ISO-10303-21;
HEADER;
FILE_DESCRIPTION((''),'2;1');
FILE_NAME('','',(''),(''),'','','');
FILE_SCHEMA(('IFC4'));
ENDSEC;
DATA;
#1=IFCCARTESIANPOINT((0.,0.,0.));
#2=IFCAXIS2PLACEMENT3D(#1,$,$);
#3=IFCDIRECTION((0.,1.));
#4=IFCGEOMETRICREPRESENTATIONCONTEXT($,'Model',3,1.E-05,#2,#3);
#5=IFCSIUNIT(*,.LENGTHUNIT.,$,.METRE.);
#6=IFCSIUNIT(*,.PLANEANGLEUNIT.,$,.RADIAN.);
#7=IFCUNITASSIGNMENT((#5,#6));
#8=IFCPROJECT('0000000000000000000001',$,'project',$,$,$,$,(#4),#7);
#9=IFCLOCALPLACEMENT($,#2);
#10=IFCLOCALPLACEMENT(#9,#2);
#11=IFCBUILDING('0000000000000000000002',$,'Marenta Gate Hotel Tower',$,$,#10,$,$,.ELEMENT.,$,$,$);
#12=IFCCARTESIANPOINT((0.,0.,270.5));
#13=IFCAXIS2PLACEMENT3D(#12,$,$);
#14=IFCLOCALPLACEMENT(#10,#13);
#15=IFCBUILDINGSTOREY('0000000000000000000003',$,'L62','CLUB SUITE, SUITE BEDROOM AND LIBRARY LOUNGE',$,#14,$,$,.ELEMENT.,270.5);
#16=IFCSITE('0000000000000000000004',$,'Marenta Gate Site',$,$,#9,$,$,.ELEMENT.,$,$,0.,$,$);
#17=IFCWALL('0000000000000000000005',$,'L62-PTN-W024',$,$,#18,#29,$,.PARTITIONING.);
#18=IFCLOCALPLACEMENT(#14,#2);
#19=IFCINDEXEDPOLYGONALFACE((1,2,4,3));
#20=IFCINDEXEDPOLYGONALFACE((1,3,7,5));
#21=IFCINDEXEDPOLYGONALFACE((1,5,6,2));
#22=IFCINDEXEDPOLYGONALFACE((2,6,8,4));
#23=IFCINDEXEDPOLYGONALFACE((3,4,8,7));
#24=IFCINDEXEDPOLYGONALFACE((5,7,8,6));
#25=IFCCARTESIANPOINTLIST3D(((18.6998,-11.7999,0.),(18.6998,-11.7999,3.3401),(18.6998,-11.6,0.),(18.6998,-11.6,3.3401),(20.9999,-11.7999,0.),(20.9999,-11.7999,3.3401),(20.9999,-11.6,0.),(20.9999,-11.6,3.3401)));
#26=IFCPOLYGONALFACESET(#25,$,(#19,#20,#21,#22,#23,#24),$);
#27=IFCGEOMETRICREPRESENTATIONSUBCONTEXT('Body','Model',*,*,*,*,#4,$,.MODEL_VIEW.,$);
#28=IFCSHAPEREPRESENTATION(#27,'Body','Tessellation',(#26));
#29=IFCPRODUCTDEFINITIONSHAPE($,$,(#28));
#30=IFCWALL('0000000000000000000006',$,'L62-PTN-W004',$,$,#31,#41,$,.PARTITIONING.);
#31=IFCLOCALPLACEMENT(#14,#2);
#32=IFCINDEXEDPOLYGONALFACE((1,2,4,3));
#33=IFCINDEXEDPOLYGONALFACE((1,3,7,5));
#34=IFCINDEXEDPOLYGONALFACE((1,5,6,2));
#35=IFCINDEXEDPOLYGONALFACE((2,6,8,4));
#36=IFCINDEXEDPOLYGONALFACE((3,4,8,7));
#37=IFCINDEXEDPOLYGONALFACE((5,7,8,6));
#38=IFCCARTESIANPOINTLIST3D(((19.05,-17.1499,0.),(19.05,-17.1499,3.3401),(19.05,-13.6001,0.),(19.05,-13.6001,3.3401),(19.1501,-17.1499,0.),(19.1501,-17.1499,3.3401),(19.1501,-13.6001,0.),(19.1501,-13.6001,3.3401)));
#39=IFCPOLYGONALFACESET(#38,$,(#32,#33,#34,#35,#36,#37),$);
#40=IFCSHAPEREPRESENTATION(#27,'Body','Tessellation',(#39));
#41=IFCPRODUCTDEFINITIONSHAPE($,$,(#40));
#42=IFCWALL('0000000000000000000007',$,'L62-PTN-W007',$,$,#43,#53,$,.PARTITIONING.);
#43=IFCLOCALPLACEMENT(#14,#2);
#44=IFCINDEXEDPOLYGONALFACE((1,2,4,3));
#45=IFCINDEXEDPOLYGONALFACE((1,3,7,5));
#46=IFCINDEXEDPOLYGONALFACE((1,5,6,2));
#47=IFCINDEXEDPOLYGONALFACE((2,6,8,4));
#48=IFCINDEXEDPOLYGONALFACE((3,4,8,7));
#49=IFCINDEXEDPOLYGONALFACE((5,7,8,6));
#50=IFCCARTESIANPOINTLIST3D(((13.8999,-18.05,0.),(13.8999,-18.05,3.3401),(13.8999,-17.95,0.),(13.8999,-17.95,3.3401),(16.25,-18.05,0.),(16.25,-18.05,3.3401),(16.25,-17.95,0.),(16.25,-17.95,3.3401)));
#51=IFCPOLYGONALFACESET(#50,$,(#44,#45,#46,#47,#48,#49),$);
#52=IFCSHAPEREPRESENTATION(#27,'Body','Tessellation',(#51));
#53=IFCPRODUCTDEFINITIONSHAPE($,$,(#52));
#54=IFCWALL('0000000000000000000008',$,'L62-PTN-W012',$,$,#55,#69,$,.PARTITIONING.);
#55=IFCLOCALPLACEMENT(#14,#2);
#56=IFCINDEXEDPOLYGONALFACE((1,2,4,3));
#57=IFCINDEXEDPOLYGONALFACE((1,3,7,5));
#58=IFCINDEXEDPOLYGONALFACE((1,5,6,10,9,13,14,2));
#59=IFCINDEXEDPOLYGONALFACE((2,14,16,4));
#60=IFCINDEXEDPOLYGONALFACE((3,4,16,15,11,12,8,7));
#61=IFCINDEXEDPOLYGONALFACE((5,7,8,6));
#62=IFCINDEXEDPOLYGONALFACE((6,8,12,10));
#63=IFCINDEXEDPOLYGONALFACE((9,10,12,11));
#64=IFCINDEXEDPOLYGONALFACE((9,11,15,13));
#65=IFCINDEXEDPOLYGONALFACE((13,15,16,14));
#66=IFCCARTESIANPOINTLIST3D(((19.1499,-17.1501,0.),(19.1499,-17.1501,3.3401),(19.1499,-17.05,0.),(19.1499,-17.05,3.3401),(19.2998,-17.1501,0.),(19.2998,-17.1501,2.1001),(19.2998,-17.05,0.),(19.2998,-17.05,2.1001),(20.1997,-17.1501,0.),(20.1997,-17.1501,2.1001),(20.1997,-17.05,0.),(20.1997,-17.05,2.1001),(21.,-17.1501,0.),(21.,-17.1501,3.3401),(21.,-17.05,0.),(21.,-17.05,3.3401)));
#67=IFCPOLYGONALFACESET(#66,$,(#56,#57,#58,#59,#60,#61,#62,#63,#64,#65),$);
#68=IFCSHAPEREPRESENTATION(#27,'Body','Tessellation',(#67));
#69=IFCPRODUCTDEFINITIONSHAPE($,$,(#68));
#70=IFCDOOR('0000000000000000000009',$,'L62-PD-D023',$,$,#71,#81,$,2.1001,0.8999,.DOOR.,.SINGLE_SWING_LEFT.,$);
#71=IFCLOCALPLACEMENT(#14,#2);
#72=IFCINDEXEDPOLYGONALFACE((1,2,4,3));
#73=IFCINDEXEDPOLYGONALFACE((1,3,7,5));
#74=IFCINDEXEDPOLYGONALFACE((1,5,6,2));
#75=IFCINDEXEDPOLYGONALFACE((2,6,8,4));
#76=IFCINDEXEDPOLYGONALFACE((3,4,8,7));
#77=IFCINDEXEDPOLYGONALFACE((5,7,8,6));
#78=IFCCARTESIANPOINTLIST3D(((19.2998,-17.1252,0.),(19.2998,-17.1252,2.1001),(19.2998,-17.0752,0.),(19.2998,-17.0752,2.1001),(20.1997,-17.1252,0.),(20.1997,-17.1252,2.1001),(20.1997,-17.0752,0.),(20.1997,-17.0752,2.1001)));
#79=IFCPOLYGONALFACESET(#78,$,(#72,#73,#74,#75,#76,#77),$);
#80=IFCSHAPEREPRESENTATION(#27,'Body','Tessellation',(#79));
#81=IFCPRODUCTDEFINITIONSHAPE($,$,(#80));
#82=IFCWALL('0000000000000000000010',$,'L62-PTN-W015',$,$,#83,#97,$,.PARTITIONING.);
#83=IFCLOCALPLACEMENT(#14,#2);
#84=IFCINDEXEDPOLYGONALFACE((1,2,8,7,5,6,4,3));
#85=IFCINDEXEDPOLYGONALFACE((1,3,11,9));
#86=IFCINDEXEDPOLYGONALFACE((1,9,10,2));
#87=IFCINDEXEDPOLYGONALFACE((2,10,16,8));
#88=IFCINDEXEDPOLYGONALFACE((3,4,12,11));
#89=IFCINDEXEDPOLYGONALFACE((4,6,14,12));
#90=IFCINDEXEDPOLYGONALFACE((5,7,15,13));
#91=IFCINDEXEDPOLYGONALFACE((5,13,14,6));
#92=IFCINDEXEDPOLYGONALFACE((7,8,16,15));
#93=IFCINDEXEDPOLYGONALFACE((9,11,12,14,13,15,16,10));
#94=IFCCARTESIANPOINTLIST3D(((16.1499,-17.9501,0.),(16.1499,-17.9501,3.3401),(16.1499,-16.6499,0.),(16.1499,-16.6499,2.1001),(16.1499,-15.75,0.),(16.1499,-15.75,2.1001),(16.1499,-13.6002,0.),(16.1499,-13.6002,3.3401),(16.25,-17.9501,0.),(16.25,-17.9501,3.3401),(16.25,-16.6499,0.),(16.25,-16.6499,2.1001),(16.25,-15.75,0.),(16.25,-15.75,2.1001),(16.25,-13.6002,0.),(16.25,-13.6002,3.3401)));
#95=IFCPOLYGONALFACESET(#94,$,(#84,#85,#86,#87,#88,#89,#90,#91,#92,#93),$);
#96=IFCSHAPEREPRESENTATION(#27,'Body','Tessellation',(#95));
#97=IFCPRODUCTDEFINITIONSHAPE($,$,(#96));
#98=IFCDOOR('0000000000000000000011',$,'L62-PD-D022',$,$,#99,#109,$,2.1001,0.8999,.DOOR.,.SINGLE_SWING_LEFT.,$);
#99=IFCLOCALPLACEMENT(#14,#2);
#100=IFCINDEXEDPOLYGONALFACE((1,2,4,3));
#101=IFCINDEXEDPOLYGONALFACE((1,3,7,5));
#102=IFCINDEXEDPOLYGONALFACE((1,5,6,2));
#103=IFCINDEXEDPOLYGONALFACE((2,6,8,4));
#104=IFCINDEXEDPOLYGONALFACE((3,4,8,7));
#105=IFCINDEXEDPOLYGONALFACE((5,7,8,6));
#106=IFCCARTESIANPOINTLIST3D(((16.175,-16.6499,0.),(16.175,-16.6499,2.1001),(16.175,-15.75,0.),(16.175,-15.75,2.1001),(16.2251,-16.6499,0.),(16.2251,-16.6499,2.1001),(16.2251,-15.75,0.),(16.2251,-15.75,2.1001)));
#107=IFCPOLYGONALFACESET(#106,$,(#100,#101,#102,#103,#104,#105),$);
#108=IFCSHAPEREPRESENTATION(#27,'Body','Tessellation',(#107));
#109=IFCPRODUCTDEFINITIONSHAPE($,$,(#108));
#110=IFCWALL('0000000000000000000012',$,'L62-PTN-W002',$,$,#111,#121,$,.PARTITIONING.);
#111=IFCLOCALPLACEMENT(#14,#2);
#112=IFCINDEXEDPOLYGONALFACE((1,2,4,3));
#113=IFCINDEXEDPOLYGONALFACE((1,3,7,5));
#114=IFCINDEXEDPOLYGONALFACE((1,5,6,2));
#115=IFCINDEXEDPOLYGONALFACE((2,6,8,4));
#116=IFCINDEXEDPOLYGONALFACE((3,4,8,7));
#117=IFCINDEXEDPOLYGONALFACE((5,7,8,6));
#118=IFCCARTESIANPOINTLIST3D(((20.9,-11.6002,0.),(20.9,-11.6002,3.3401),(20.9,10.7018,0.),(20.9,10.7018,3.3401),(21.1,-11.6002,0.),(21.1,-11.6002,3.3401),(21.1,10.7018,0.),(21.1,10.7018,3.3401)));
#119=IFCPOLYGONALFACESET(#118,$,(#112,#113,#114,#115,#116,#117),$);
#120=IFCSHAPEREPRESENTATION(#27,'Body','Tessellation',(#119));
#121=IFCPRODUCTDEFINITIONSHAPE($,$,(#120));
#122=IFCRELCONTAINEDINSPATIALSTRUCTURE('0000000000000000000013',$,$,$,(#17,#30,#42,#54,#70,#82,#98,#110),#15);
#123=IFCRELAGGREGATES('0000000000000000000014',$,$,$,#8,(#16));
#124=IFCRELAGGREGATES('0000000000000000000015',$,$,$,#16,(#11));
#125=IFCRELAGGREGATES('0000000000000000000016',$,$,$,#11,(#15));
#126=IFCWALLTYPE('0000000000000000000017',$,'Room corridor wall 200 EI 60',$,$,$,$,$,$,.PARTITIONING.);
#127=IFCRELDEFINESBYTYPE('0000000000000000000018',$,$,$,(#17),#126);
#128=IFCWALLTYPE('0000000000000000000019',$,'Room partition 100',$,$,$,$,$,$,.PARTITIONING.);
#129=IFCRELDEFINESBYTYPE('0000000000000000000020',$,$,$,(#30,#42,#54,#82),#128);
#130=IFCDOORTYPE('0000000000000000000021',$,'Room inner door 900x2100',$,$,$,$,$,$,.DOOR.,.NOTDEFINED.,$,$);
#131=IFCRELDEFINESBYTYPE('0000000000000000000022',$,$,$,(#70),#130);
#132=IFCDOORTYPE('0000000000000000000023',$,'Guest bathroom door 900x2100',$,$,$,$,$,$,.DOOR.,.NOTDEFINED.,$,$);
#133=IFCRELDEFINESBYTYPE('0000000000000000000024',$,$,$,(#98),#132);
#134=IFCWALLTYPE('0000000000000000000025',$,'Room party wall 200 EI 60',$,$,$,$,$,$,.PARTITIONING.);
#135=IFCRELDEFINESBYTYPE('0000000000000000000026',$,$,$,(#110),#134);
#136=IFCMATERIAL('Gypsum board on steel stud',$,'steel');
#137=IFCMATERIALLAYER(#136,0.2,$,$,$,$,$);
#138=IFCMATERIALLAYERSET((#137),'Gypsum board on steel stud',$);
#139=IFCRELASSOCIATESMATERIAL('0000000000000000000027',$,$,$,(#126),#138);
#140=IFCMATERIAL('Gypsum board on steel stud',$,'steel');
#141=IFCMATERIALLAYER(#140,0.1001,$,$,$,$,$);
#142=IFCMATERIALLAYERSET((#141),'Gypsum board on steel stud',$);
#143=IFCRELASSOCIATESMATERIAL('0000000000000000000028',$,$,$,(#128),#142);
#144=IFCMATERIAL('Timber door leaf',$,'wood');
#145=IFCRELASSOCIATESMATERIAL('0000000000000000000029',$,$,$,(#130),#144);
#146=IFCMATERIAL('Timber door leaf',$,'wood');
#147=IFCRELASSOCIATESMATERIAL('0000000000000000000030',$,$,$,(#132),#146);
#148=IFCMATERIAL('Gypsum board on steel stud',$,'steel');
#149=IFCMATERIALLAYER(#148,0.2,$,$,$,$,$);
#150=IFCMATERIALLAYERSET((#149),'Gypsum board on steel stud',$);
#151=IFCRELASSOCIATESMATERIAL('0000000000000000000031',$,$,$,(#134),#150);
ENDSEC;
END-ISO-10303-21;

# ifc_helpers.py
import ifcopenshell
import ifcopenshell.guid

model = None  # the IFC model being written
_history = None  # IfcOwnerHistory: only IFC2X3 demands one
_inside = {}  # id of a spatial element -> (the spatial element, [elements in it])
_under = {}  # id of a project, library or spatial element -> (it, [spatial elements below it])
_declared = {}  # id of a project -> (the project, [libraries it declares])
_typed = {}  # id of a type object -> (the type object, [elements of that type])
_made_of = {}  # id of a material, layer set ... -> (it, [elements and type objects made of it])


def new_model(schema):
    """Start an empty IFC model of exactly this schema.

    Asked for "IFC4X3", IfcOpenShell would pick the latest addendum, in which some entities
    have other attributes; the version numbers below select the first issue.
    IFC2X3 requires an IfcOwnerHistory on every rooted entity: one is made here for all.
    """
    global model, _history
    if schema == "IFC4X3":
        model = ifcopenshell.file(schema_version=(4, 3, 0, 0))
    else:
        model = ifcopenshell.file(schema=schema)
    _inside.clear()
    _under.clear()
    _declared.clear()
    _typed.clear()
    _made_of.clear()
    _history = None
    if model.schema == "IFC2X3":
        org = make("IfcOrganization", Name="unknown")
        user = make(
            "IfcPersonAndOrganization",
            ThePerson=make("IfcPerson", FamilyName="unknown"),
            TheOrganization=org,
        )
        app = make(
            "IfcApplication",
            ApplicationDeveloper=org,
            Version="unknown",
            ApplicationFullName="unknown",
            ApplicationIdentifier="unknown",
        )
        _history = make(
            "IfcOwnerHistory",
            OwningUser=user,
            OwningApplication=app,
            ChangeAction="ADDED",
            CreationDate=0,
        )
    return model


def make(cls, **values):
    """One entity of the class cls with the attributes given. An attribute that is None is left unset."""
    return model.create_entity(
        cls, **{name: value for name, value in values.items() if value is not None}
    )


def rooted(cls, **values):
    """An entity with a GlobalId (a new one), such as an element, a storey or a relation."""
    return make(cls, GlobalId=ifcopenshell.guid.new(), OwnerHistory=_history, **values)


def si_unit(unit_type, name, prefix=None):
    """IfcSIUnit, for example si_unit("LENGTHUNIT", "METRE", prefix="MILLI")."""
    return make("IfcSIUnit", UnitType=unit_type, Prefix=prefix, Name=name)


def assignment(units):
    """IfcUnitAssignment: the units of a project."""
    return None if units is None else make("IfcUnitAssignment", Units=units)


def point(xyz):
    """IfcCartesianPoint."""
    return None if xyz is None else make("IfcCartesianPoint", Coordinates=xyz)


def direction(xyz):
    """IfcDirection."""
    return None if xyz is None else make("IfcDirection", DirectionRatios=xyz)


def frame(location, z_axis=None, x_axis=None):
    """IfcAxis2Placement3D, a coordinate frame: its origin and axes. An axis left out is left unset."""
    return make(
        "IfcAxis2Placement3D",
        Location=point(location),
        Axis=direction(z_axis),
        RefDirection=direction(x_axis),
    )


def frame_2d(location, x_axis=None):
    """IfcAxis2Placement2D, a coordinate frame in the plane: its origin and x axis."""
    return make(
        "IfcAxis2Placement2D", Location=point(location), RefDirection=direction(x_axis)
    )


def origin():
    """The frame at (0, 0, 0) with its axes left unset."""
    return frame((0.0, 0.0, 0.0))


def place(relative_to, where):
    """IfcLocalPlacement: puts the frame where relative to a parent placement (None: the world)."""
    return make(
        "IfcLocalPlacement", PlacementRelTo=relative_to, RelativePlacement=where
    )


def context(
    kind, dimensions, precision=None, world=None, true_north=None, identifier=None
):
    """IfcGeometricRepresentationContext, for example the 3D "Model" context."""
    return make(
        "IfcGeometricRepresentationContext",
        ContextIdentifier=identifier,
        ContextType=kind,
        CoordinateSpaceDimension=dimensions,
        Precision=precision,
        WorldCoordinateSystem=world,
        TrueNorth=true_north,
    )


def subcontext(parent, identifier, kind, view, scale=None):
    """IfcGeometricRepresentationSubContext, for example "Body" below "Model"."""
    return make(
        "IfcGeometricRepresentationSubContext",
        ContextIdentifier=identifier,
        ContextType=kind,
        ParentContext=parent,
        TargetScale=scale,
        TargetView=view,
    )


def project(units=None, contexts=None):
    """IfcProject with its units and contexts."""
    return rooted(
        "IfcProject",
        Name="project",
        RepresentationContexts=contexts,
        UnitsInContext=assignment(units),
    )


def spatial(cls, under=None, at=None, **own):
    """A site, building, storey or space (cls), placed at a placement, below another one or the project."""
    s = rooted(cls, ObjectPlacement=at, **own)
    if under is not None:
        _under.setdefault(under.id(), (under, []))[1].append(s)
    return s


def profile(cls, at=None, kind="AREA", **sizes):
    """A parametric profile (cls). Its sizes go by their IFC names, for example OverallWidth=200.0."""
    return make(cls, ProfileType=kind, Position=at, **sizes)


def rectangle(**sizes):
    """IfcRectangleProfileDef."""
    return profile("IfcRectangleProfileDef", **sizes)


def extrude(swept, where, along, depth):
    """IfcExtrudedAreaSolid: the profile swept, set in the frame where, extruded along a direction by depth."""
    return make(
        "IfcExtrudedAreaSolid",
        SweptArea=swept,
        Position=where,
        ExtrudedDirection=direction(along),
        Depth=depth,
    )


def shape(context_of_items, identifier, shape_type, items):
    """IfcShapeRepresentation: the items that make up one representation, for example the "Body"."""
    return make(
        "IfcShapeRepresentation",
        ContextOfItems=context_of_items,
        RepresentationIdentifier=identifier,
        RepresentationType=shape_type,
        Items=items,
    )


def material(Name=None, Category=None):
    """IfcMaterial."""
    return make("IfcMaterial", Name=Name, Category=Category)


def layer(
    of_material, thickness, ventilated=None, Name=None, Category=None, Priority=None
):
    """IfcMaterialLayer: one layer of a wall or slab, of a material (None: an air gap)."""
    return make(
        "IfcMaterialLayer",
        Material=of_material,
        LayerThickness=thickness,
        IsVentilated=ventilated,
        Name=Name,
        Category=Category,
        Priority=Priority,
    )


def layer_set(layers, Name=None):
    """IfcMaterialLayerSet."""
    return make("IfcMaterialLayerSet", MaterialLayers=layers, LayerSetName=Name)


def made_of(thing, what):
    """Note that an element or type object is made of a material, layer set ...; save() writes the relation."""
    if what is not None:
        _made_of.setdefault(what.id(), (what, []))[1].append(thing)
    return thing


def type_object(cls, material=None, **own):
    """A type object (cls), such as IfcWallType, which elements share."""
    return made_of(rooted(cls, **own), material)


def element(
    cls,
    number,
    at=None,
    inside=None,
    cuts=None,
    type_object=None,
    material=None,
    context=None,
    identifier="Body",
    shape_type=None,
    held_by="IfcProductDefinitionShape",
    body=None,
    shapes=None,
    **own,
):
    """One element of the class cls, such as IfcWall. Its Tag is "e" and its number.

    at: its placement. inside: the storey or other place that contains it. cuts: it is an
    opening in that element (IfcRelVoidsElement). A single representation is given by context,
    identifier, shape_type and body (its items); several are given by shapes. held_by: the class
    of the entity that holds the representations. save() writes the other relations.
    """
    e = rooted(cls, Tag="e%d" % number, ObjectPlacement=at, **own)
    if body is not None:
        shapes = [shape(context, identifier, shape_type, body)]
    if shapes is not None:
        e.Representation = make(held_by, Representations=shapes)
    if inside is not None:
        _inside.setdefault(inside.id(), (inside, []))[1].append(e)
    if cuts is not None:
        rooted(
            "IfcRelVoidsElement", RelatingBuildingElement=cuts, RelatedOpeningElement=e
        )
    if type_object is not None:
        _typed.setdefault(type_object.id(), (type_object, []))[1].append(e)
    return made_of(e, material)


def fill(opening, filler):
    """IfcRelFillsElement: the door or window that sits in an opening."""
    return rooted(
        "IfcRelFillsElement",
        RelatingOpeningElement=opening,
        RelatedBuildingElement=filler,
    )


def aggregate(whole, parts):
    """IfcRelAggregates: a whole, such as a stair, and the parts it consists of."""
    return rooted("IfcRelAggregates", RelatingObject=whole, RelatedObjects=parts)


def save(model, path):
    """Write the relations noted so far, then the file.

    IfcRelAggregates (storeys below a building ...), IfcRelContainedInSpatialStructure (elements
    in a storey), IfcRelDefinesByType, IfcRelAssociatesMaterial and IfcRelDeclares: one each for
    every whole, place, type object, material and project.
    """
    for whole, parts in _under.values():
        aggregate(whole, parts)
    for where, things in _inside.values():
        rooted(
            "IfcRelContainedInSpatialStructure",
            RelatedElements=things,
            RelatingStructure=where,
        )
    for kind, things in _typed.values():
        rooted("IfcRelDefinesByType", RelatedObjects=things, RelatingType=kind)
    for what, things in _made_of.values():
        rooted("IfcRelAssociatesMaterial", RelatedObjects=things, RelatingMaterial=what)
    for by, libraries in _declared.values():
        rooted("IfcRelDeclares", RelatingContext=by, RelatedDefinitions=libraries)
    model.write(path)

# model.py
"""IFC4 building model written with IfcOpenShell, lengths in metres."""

from ifc_helpers import new_model, si_unit, direction, frame, frame_2d, origin, place, context, subcontext, project, spatial, rectangle, extrude, material, layer, layer_set, type_object, element, fill, save


model = new_model("IFC4")

# Units and contexts
model_context = context("Model", 3, precision=1e-05, world=origin(), true_north=direction((0.0, 1.0)))
body_context = subcontext(model_context, "Body", "Model", "MODEL_VIEW")
ifc_project = project(units=[si_unit("LENGTHUNIT", "METRE"), si_unit("PLANEANGLEUNIT", "RADIAN")], contexts=[model_context])

# Site, building, storey
site_placement = place(None, origin())
site = spatial("IfcSite", under=ifc_project, at=site_placement, Name="Marenta Gate Site", CompositionType="ELEMENT", RefElevation=0.0)
building_placement = place(site_placement, origin())
building = spatial("IfcBuilding", under=site, at=building_placement, Name="Marenta Gate Hotel Tower", CompositionType="ELEMENT")
storey_placement = place(building_placement, frame((0.0, 0.0, 270.5)))
storey = spatial("IfcBuildingStorey", under=building, at=storey_placement, Name="L62", Description="CLUB SUITE, SUITE BEDROOM AND LIBRARY LOUNGE", CompositionType="ELEMENT", Elevation=270.5)

# Shared definitions
ifc_material_1 = material(Name="Gypsum board on steel stud", Category="steel")
ifc_layer_1 = layer(ifc_material_1, 0.2)
ifc_layer_set_1 = layer_set([ifc_layer_1], Name="Gypsum board on steel stud")
wall_type_1 = type_object("IfcWallType", Name="Room corridor wall 200 EI 60", PredefinedType="PARTITIONING", material=ifc_layer_set_1)

# Walls
wall_1_placement = place(storey_placement, frame((18.7, -11.7, 0.0), z_axis=(0.0, 0.0, 1.0), x_axis=(1.0, 0.0, 0.0)))
element("IfcWall", 1, at=wall_1_placement, inside=storey, type_object=wall_type_1, Name="L62-PTN-W024", PredefinedType="PARTITIONING", context=body_context, shape_type="SweptSolid", body=[
    extrude(rectangle(XDim=2.3, YDim=0.2, at=frame_2d((1.1499, 0.0))), origin(), (0.0, 0.0, 1.0), 3.3401),
])
ifc_material_2 = material(Name="Gypsum board on steel stud", Category="steel")
ifc_layer_2 = layer(ifc_material_2, 0.1001)
ifc_layer_set_2 = layer_set([ifc_layer_2], Name="Gypsum board on steel stud")
wall_type_2 = type_object("IfcWallType", Name="Room partition 100", PredefinedType="PARTITIONING", material=ifc_layer_set_2)
wall_2_placement = place(storey_placement, frame((19.1001, -17.1499, 0.0), z_axis=(0.0, 0.0, 1.0), x_axis=(0.0, 1.0, 0.0)))
element("IfcWall", 2, at=wall_2_placement, inside=storey, type_object=wall_type_2, Name="L62-PTN-W004", PredefinedType="PARTITIONING", context=body_context, shape_type="SweptSolid", body=[
    extrude(rectangle(XDim=3.5498, YDim=0.1001, at=frame_2d((1.7749, 0.0))), origin(), (0.0, 0.0, 1.0), 3.3401),
])
wall_3_placement = place(storey_placement, frame((13.8999, -18.0, 0.0), z_axis=(0.0, 0.0, 1.0), x_axis=(1.0, 0.0, 0.0)))
element("IfcWall", 3, at=wall_3_placement, inside=storey, type_object=wall_type_2, Name="L62-PTN-W007", PredefinedType="PARTITIONING", context=body_context, shape_type="SweptSolid", body=[
    extrude(rectangle(XDim=2.3501, YDim=0.1001, at=frame_2d((1.175, 0.0))), origin(), (0.0, 0.0, 1.0), 3.3401),
])

# Walls, openings, doors
wall_4_placement = place(storey_placement, frame((19.1499, -17.1001, 0.0), z_axis=(0.0, 0.0, 1.0), x_axis=(1.0, 0.0, 0.0)))
wall_4 = element("IfcWall", 4, at=wall_4_placement, inside=storey, type_object=wall_type_2, Name="L62-PTN-W012", PredefinedType="PARTITIONING", context=body_context, shape_type="SweptSolid", body=[
    extrude(rectangle(XDim=1.8501, YDim=0.1001, at=frame_2d((0.925, 0.0))), origin(), (0.0, 0.0, 1.0), 3.3401),
])
opening_1_placement = place(wall_4_placement, frame((0.1499, 0.0, 0.0)))
opening_1 = element("IfcOpeningElement", 5, at=opening_1_placement, cuts=wall_4, PredefinedType="OPENING", context=body_context, shape_type="SweptSolid", body=[
    extrude(rectangle(XDim=0.8999, YDim=2.1001, at=frame_2d((0.45, 1.05))), frame((0.0, 0.05, 0.0), z_axis=(0.0, -1.0, 0.0), x_axis=(1.0, 0.0, 0.0)), (0.0, 0.0, 1.0), 0.1001),
])
ifc_material_3 = material(Name="Timber door leaf", Category="wood")
door_type_1 = type_object("IfcDoorType", Name="Room inner door 900x2100", OperationType="NOTDEFINED", PredefinedType="DOOR", material=ifc_material_3)
door_1_placement = place(opening_1_placement, origin())
door_1 = element("IfcDoor", 6, at=door_1_placement, inside=storey, type_object=door_type_1, Name="L62-PD-D023", OperationType="SINGLE_SWING_LEFT", OverallHeight=2.1001, OverallWidth=0.8999, PredefinedType="DOOR", context=body_context, shape_type="SweptSolid", body=[
    extrude(rectangle(XDim=0.8999, YDim=2.1001, at=frame_2d((0.45, 1.05))), frame((0.0, 0.0249, 0.0), z_axis=(0.0, -1.0, 0.0), x_axis=(1.0, 0.0, 0.0)), (0.0, 0.0, 1.0), 0.05),
])
fill(opening_1, door_1)
wall_5_placement = place(storey_placement, frame((16.2, -17.95, 0.0), z_axis=(0.0, 0.0, 1.0), x_axis=(0.0, 1.0, 0.0)))
wall_5 = element("IfcWall", 7, at=wall_5_placement, inside=storey, type_object=wall_type_2, Name="L62-PTN-W015", PredefinedType="PARTITIONING", context=body_context, shape_type="SweptSolid", body=[
    extrude(rectangle(XDim=4.3499, YDim=0.1001, at=frame_2d((2.1748, 0.0))), origin(), (0.0, 0.0, 1.0), 3.3401),
])
opening_2_placement = place(wall_5_placement, frame((1.3, 0.0, 0.0)))
opening_2 = element("IfcOpeningElement", 8, at=opening_2_placement, cuts=wall_5, PredefinedType="OPENING", context=body_context, shape_type="SweptSolid", body=[
    extrude(rectangle(XDim=0.8999, YDim=2.1001, at=frame_2d((0.45, 1.05))), frame((0.0, 0.05, 0.0), z_axis=(0.0, -1.0, 0.0), x_axis=(1.0, 0.0, 0.0)), (0.0, 0.0, 1.0), 0.1001),
])
ifc_material_4 = material(Name="Timber door leaf", Category="wood")
door_type_2 = type_object("IfcDoorType", Name="Guest bathroom door 900x2100", OperationType="NOTDEFINED", PredefinedType="DOOR", material=ifc_material_4)
door_2_placement = place(opening_2_placement, origin())
door_2 = element("IfcDoor", 9, at=door_2_placement, inside=storey, type_object=door_type_2, Name="L62-PD-D022", OperationType="SINGLE_SWING_LEFT", OverallHeight=2.1001, OverallWidth=0.8999, PredefinedType="DOOR", context=body_context, shape_type="SweptSolid", body=[
    extrude(rectangle(XDim=0.8999, YDim=2.1001, at=frame_2d((0.45, 1.05))), frame((0.0, 0.0249, 0.0), z_axis=(0.0, -1.0, 0.0), x_axis=(1.0, 0.0, 0.0)), (0.0, 0.0, 1.0), 0.05),
])
fill(opening_2, door_2)

# Wall
ifc_material_5 = material(Name="Gypsum board on steel stud", Category="steel")
ifc_layer_3 = layer(ifc_material_5, 0.2)
ifc_layer_set_3 = layer_set([ifc_layer_3], Name="Gypsum board on steel stud")
wall_type_3 = type_object("IfcWallType", Name="Room party wall 200 EI 60", PredefinedType="PARTITIONING", material=ifc_layer_set_3)
wall_6_placement = place(storey_placement, frame((21.0, -11.6001, 0.0), z_axis=(0.0, 0.0, 1.0), x_axis=(0.0, 1.0, 0.0)))
element("IfcWall", 10, at=wall_6_placement, inside=storey, type_object=wall_type_3, Name="L62-PTN-W002", PredefinedType="PARTITIONING", context=body_context, shape_type="SweptSolid", body=[
    extrude(rectangle(XDim=22.302, YDim=0.2, at=frame_2d((11.1509, 0.0))), origin(), (0.0, 0.0, 1.0), 3.3401),
])

save(model, "model.ifc")
